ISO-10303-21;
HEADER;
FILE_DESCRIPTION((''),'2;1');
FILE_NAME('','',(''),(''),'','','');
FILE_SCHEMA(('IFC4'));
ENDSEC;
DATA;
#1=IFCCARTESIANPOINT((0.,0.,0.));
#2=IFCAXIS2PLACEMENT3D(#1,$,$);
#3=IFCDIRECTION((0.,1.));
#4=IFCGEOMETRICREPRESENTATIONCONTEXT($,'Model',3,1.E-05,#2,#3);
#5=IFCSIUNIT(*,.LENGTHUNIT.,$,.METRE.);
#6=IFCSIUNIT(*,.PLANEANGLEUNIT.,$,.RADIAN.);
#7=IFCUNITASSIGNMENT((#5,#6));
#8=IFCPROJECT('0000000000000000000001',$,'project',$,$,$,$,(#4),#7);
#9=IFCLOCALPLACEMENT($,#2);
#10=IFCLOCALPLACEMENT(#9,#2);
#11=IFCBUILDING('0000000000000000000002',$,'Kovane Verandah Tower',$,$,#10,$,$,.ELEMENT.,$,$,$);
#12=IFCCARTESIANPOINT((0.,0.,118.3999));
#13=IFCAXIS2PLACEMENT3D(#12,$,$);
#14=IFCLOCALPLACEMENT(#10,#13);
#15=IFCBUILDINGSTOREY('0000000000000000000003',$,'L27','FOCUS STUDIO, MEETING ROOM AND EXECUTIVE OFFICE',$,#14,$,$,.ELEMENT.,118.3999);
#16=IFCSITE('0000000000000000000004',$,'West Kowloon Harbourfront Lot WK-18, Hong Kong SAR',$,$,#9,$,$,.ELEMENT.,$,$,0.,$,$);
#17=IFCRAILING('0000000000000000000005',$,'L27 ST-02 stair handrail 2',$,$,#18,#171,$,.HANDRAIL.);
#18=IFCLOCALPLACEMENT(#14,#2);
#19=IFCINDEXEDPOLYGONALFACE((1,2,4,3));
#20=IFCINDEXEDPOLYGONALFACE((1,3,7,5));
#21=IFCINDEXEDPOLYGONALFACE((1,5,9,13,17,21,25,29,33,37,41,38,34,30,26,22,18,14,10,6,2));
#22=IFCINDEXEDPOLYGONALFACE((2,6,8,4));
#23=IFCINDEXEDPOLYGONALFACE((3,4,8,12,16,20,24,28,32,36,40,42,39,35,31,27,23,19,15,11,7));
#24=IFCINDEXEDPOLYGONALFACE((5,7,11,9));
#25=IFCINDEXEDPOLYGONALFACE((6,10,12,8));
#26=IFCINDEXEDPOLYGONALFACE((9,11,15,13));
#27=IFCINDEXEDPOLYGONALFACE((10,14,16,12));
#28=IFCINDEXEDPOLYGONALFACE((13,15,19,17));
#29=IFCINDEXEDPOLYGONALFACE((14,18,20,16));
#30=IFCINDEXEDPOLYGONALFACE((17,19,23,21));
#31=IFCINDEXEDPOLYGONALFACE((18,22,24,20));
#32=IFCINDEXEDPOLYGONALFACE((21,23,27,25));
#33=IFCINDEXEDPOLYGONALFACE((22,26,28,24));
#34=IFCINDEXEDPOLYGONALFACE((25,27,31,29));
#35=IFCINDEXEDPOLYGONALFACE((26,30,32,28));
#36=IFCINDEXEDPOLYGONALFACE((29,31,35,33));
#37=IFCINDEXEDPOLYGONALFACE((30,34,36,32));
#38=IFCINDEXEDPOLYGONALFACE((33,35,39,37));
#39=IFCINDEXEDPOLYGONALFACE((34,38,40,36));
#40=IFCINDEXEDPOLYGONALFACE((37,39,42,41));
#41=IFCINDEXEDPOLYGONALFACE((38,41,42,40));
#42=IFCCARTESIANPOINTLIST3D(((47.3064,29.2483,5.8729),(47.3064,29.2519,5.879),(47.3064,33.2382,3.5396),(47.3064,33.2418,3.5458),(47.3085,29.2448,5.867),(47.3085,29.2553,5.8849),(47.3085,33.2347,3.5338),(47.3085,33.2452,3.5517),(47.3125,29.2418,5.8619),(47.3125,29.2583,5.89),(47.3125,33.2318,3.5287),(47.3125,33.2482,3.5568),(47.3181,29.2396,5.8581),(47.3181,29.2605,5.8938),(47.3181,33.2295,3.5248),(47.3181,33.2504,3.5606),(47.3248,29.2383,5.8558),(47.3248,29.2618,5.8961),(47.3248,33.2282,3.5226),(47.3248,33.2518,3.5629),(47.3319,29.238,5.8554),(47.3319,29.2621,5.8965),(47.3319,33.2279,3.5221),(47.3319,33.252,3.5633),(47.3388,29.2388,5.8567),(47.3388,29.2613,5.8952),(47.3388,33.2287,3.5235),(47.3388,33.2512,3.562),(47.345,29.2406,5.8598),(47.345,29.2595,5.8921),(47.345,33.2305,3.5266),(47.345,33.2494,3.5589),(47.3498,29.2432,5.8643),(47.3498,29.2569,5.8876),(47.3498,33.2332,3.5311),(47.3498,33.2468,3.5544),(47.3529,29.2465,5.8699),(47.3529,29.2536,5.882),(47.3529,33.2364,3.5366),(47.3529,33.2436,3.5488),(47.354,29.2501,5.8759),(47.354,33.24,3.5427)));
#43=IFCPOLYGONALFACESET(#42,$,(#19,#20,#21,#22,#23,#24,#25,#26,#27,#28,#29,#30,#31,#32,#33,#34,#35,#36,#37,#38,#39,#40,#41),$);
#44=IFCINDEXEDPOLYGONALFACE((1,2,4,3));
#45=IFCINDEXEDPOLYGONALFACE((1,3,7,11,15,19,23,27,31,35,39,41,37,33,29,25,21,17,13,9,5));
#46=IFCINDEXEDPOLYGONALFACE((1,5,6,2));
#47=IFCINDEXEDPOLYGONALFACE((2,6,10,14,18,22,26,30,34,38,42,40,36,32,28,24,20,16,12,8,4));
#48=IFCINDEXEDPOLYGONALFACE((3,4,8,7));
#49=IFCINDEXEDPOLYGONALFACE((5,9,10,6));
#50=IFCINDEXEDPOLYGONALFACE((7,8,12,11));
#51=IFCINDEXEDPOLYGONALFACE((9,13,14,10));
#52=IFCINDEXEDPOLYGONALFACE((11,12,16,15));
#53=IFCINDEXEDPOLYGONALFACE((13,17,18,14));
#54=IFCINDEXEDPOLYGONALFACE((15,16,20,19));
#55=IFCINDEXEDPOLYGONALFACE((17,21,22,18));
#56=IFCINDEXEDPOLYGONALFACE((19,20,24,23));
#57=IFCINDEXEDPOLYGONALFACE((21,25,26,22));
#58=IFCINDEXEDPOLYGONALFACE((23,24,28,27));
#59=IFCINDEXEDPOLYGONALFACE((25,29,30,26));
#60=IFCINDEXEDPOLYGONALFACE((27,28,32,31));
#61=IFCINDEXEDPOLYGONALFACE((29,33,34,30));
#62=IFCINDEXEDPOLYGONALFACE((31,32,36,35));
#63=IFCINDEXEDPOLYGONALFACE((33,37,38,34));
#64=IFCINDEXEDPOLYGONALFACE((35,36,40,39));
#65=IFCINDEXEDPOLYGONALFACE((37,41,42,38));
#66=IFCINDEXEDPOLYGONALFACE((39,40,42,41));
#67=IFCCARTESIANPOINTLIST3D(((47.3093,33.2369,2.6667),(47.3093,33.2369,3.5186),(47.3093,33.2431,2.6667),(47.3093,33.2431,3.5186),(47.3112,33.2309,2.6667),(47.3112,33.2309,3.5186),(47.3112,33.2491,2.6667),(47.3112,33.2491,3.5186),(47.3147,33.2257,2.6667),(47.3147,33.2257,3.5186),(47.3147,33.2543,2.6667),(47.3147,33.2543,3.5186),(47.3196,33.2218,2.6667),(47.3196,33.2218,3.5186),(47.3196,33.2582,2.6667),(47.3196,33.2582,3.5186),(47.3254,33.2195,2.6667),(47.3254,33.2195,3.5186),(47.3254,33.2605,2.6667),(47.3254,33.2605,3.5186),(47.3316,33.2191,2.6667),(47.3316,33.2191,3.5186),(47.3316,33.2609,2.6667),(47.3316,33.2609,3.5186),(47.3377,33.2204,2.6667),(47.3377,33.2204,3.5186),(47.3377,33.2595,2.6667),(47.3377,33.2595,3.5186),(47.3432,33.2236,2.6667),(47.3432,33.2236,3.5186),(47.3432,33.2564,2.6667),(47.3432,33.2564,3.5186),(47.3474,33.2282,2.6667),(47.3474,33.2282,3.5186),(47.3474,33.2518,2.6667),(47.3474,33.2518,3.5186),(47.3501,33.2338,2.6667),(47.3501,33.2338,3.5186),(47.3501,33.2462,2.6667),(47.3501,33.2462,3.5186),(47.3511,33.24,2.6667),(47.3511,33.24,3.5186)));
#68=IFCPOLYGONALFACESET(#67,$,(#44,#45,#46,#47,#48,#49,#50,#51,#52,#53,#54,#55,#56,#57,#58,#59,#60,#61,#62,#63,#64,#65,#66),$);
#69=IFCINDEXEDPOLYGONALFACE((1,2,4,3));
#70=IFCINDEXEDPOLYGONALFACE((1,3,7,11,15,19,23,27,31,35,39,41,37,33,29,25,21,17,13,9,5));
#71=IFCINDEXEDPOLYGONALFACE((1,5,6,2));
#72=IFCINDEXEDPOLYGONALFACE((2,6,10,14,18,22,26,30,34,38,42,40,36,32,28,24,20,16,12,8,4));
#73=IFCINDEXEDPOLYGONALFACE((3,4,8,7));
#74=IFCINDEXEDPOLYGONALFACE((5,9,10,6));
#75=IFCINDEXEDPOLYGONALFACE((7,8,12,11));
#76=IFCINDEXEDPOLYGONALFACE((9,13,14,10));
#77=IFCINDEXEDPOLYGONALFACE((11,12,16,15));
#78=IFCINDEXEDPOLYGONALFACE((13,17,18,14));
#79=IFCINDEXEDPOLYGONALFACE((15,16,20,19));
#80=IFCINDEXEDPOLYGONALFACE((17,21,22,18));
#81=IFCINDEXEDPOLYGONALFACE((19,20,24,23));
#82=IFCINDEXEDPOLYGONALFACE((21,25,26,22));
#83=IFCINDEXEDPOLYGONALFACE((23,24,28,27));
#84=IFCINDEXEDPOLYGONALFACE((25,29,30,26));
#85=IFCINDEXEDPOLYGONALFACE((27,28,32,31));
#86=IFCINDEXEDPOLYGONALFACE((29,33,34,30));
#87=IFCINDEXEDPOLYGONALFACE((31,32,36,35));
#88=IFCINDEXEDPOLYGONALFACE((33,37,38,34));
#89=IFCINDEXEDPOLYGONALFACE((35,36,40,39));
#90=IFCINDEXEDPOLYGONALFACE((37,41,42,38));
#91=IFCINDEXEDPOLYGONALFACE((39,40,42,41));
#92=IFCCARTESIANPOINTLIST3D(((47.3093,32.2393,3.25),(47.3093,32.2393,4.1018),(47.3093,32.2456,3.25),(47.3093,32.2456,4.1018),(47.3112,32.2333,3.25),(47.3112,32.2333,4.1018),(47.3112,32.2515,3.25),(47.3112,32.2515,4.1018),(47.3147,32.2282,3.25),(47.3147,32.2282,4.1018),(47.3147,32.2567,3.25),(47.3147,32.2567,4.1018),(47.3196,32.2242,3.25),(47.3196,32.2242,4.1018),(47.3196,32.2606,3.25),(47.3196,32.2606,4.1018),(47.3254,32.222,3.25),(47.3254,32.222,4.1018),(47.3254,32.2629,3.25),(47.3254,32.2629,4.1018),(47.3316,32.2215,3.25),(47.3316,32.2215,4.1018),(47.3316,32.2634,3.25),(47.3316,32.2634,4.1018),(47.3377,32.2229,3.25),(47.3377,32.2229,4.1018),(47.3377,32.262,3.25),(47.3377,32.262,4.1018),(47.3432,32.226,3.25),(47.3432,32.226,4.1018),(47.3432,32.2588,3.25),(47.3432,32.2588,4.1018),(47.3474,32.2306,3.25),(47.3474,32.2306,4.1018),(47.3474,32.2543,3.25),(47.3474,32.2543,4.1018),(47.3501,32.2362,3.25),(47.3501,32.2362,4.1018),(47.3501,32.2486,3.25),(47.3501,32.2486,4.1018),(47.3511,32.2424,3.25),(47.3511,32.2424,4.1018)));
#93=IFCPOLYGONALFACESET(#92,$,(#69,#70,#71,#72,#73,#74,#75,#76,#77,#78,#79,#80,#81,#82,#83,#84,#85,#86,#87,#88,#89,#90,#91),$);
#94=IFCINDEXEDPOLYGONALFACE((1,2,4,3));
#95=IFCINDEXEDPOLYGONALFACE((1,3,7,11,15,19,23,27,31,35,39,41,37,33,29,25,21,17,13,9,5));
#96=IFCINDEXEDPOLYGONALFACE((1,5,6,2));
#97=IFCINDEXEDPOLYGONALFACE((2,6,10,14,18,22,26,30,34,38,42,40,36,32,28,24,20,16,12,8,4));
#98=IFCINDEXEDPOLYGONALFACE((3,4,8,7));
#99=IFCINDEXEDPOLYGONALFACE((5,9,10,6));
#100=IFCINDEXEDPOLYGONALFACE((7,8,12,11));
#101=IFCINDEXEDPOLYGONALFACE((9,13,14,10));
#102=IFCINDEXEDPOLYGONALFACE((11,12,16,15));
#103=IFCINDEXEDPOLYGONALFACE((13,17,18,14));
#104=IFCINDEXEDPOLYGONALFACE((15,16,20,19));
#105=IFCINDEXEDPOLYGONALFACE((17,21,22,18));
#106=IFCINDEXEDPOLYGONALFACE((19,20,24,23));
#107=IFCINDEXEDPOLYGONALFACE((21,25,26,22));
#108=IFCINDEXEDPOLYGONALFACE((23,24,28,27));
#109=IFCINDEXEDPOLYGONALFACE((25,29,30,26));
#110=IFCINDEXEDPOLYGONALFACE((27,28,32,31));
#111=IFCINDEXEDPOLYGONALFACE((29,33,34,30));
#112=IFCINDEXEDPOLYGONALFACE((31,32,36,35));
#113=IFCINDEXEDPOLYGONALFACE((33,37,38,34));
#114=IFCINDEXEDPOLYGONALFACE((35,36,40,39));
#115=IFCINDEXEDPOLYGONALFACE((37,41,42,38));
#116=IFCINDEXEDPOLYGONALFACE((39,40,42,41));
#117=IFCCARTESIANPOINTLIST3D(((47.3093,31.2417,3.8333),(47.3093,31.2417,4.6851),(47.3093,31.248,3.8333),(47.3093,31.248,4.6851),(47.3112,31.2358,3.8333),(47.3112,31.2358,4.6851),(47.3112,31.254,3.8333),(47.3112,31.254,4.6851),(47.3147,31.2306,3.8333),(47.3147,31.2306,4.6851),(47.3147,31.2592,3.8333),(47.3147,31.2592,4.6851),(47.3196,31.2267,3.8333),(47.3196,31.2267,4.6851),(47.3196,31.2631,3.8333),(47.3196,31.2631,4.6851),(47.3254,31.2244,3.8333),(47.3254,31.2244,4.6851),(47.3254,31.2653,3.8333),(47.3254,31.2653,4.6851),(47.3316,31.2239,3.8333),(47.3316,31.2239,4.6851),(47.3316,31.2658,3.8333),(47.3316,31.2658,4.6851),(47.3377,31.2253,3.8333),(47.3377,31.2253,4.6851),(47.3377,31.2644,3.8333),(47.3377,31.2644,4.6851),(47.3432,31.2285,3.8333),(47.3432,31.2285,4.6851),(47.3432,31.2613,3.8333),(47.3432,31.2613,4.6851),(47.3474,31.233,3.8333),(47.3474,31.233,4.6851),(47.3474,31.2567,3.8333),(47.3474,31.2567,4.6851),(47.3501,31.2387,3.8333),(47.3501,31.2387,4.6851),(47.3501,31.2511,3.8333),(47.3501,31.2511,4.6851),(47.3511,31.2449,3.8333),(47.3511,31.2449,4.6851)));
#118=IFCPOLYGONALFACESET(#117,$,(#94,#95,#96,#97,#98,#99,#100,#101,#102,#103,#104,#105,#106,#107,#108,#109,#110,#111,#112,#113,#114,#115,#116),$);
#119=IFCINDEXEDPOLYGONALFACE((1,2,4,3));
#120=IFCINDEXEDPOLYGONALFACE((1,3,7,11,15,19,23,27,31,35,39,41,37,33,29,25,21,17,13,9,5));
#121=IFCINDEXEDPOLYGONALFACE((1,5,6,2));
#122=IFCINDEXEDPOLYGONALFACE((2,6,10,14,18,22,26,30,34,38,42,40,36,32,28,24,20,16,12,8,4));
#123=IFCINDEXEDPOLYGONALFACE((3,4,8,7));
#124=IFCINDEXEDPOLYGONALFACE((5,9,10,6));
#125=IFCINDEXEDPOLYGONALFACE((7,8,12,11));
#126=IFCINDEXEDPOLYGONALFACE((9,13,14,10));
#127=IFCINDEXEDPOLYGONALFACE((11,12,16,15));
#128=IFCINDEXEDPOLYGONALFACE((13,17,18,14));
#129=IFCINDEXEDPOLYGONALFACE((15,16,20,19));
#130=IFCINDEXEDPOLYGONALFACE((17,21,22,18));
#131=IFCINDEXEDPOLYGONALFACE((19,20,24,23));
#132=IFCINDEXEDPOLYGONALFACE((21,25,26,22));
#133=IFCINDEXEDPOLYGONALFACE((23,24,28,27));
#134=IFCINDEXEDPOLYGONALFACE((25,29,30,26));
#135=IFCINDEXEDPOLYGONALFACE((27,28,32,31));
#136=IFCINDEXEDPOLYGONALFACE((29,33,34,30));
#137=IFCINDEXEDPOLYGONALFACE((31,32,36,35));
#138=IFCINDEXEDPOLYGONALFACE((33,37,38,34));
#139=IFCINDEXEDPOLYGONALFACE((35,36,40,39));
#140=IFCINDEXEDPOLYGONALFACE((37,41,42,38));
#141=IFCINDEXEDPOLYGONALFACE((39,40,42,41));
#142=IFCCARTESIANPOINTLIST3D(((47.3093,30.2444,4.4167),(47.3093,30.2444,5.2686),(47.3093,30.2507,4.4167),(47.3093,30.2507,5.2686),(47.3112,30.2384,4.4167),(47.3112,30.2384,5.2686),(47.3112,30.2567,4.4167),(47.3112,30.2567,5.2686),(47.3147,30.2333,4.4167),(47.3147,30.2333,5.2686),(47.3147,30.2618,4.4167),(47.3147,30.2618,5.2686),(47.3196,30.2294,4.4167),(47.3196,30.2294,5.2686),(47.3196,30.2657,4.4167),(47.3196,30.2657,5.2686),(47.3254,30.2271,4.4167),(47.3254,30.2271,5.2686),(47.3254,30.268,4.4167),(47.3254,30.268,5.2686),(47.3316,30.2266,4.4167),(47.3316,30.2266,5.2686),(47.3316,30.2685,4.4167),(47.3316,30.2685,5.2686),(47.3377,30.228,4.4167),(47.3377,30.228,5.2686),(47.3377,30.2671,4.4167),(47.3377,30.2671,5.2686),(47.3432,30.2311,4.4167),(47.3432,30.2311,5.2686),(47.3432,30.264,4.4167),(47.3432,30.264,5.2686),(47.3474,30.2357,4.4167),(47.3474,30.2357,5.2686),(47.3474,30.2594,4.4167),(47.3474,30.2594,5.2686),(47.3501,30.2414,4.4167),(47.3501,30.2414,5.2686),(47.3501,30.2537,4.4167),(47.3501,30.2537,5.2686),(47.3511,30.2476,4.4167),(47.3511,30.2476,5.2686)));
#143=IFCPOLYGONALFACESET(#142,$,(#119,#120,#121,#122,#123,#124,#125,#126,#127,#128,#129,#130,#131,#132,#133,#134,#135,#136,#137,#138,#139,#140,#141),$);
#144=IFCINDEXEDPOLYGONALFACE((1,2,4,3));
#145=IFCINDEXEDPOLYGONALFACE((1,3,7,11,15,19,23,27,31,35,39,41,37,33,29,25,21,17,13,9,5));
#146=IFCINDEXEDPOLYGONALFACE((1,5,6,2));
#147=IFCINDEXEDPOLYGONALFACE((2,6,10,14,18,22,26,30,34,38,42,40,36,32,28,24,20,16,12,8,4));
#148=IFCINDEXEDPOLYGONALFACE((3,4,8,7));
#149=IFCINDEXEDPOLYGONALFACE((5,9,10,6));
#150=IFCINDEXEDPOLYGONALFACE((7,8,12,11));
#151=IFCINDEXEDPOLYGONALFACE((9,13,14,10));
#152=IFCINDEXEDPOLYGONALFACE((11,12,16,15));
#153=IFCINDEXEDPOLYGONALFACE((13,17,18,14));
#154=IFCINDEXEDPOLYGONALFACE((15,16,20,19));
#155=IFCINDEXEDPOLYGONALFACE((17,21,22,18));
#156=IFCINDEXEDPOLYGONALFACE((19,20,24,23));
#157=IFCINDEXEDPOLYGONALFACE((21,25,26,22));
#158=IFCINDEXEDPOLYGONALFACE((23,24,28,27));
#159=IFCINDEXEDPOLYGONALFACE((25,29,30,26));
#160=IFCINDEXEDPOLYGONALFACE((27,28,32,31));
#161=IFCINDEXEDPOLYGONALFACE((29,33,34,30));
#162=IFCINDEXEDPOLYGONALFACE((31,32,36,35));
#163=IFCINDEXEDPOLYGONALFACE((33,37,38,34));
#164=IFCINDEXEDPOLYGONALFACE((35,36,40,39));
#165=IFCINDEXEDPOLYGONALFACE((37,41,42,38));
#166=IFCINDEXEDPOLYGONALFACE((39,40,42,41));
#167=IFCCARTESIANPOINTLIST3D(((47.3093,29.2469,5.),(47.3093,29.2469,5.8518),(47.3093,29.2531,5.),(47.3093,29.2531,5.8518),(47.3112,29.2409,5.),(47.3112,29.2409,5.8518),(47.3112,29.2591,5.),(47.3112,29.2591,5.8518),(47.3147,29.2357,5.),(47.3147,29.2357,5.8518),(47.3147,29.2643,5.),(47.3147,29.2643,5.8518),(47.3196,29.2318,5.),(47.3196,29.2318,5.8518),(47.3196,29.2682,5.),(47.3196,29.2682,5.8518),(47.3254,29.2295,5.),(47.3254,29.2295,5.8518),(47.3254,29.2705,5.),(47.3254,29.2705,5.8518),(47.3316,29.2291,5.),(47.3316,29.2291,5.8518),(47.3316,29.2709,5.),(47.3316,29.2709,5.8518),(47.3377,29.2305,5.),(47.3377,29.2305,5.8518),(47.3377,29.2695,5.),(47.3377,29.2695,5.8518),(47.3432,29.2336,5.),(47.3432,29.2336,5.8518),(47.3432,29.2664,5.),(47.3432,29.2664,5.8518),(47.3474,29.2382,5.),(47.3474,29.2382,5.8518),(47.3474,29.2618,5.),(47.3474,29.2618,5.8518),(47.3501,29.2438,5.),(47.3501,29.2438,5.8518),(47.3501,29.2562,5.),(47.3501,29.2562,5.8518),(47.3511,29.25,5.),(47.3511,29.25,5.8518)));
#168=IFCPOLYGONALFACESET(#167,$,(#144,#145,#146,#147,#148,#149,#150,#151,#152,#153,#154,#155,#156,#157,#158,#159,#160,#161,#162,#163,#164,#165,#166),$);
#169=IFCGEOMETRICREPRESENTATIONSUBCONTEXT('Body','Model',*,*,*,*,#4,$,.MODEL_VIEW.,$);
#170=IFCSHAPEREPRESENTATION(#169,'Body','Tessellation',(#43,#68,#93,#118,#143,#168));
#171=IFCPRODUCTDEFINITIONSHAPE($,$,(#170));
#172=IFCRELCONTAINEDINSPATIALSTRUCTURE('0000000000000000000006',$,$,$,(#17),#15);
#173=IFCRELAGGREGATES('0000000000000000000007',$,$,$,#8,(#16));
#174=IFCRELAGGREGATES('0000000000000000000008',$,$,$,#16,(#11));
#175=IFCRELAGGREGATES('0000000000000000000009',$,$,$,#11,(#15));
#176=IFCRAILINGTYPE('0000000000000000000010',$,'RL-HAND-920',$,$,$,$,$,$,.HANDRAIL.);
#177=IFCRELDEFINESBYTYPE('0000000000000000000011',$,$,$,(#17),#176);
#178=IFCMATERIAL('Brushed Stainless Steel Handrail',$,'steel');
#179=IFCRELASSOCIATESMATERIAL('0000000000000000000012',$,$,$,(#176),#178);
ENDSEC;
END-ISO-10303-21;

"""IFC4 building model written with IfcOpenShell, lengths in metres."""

from ifc_helpers import new_model, si_unit, direction, frame, origin, origin_2d, place, context, subcontext, project, spatial, circle, extrude, material, type_object, element, save


model = new_model("IFC4")

# Units and contexts
model_context = context("Model", 3, precision=1e-05, world=origin(), true_north=direction((0.0, 1.0)))
body_context = subcontext(model_context, "Body", "Model", "MODEL_VIEW")
ifc_project = project(units=[si_unit("LENGTHUNIT", "METRE"), si_unit("PLANEANGLEUNIT", "RADIAN")], contexts=[model_context])

# Site, building, storey
site_placement = place(None, origin())
site = spatial("IfcSite", under=ifc_project, at=site_placement, Name="West Kowloon Harbourfront Lot WK-18, Hong Kong SAR", CompositionType="ELEMENT", RefElevation=0.0)
building_placement = place(site_placement, origin())
building = spatial("IfcBuilding", under=site, at=building_placement, Name="Kovane Verandah Tower", CompositionType="ELEMENT")
storey_placement = place(building_placement, frame((0.0, 0.0, 118.3999)))
storey = spatial("IfcBuildingStorey", under=building, at=storey_placement, Name="L27", Description="FOCUS STUDIO, MEETING ROOM AND EXECUTIVE OFFICE", CompositionType="ELEMENT", Elevation=118.3999)

# Railing
ifc_material_1 = material(Name="Brushed Stainless Steel Handrail", Category="steel")
railing_type_1 = type_object("IfcRailingType", Name="RL-HAND-920", PredefinedType="HANDRAIL", material=ifc_material_1)
railing_1_placement = place(storey_placement, frame((47.3301, 33.24, 2.6667)))
element("IfcRailing", 1, at=railing_1_placement, inside=storey, type_object=railing_type_1, Name="L27 ST-02 stair handrail 2", PredefinedType="HANDRAIL", context=body_context, shape_type="SweptSolid", body=[
    extrude(circle(Radius=0.0239, at=origin_2d()), frame((0.0, 0.0, 0.876), z_axis=(0.0, -0.863236, 0.5048), x_axis=(1.0, 0.0, 0.0)), (0.0, 0.0, 1.0), 4.6221),
    extrude(circle(Radius=0.021, at=origin_2d()), origin(), (0.0, 0.0, 1.0), 0.8518),
    extrude(circle(Radius=0.021, at=origin_2d()), frame((0.0, -0.9976, 0.5833)), (0.0, 0.0, 1.0), 0.8518),
    extrude(circle(Radius=0.021, at=origin_2d()), frame((0.0, -1.9951, 1.1665)), (0.0, 0.0, 1.0), 0.8518),
    extrude(circle(Radius=0.021, at=origin_2d()), frame((0.0, -2.9924, 1.75)), (0.0, 0.0, 1.0), 0.8518),
    extrude(circle(Radius=0.021, at=origin_2d()), frame((0.0, -3.99, 2.3333)), (0.0, 0.0, 1.0), 0.8518),
])

save(model, "model.ifc")
